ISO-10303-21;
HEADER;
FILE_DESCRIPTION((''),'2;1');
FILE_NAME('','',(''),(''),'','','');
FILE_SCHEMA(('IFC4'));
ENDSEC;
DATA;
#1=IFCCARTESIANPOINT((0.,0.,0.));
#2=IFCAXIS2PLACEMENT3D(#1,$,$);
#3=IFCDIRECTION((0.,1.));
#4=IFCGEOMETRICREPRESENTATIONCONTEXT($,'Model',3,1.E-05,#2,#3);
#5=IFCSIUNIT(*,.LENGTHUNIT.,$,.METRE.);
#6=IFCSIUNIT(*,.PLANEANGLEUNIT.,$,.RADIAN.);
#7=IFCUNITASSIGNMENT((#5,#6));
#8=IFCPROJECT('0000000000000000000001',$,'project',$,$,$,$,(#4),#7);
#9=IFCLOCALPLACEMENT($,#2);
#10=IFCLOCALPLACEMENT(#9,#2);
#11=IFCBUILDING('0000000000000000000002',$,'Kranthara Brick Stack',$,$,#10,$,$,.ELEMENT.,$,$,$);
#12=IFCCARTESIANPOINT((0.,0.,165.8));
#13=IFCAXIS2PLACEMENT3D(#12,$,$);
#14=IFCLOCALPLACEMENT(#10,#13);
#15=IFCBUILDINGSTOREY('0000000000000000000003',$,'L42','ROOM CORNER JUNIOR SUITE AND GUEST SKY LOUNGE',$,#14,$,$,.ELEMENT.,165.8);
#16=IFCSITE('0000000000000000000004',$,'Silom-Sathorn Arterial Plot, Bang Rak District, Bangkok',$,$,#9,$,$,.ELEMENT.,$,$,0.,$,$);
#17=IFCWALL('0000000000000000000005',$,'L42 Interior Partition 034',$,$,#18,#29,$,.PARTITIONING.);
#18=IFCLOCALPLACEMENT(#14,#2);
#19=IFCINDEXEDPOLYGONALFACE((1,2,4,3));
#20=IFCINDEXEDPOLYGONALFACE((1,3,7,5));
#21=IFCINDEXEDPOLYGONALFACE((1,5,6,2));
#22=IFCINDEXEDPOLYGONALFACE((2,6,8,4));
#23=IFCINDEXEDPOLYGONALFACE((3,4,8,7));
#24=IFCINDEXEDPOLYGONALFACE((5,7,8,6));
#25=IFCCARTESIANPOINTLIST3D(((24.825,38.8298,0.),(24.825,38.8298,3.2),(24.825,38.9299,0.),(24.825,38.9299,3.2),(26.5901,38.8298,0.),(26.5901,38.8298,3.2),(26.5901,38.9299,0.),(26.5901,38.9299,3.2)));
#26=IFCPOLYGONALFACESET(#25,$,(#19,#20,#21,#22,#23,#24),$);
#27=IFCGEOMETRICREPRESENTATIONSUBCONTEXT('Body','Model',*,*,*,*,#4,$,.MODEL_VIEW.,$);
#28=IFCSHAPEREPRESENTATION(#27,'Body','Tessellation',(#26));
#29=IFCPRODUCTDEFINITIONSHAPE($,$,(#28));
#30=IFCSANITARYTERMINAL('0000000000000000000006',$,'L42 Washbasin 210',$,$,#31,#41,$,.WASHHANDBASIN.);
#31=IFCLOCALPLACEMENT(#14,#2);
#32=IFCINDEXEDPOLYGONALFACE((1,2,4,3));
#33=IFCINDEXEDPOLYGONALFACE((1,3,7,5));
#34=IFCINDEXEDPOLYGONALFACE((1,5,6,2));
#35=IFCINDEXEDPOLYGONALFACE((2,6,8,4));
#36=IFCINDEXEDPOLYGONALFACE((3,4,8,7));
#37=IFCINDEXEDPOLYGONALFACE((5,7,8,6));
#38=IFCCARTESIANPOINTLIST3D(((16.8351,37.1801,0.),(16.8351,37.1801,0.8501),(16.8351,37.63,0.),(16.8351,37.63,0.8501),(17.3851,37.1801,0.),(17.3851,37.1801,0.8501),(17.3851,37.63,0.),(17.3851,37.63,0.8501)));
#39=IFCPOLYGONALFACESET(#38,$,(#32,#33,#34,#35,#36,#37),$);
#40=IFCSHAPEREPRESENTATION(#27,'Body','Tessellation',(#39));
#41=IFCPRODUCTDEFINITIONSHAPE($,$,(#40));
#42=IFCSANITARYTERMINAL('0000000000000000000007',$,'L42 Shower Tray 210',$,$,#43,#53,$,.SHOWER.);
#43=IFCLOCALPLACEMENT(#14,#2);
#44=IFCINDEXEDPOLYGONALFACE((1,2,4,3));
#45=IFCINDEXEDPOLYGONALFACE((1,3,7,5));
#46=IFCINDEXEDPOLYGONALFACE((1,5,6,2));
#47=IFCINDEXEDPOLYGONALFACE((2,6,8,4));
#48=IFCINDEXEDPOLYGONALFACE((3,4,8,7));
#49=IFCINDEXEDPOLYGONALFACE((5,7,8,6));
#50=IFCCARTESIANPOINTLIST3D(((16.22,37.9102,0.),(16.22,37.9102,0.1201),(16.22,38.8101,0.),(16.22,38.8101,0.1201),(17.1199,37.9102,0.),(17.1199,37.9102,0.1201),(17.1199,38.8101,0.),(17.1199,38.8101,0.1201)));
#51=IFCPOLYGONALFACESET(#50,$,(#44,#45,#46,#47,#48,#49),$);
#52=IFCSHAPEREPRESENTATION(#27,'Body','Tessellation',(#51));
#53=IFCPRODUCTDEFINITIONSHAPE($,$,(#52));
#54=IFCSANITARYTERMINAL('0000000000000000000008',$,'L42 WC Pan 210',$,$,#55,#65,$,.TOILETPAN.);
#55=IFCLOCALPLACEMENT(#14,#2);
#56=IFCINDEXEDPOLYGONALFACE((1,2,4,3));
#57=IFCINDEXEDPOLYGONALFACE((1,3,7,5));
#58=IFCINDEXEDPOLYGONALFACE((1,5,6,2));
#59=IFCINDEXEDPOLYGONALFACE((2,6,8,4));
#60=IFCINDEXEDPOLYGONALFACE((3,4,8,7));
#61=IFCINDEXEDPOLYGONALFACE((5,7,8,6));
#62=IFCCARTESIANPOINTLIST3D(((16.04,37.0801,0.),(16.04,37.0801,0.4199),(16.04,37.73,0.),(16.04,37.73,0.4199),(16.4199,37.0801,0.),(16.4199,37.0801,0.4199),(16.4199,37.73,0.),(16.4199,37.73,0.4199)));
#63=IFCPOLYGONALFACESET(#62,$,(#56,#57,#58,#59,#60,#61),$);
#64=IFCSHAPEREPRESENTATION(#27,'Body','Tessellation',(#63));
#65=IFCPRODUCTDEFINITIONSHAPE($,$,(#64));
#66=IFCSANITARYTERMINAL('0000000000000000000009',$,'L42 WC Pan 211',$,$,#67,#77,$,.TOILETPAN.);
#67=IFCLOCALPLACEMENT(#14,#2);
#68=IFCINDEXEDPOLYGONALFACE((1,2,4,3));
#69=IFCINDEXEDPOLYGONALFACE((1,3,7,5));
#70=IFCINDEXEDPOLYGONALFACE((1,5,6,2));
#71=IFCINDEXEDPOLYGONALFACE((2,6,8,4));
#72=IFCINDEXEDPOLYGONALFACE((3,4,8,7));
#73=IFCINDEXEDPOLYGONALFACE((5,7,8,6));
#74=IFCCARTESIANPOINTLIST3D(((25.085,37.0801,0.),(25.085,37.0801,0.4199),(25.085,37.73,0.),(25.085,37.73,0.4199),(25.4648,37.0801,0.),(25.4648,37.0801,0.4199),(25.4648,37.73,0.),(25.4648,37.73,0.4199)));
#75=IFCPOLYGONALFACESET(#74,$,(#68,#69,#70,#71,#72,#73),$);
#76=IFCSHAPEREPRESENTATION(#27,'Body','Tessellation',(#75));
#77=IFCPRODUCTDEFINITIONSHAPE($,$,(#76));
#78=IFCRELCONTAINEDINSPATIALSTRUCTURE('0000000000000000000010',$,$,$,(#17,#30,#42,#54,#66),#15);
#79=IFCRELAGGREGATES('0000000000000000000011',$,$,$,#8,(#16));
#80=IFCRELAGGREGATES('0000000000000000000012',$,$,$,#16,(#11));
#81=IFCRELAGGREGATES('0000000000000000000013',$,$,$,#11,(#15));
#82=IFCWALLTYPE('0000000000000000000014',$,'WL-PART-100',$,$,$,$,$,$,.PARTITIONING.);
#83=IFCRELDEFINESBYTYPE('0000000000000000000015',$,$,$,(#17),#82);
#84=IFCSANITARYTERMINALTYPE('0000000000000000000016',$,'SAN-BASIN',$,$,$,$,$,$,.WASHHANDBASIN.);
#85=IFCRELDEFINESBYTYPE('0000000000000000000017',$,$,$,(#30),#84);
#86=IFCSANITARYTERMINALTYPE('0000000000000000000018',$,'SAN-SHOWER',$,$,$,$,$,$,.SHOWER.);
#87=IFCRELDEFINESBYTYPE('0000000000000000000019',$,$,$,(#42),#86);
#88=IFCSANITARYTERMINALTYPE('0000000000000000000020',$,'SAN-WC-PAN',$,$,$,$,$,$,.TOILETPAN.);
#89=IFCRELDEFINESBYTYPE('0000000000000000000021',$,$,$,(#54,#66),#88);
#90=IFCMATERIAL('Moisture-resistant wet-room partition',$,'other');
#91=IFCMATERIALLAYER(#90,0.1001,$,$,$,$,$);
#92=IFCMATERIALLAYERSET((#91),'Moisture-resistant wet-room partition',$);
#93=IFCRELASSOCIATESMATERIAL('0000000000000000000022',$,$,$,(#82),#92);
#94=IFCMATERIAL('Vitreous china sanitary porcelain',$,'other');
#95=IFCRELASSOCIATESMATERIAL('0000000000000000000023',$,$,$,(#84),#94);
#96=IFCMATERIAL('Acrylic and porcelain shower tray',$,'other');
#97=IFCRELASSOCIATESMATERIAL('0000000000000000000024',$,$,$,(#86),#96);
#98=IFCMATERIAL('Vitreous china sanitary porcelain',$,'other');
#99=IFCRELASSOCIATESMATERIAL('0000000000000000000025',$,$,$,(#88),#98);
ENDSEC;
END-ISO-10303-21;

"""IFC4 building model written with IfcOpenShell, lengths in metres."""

from ifc_helpers import new_model, si_unit, direction, frame, frame_2d, origin, origin_2d, place, context, subcontext, project, spatial, rectangle, extrude, material, layer, layer_set, type_object, element, save


model = new_model("IFC4")

# Units and contexts
model_context = context("Model", 3, precision=1e-05, world=origin(), true_north=direction((0.0, 1.0)))
body_context = subcontext(model_context, "Body", "Model", "MODEL_VIEW")
ifc_project = project(units=[si_unit("LENGTHUNIT", "METRE"), si_unit("PLANEANGLEUNIT", "RADIAN")], contexts=[model_context])

# Site, building, storey
site_placement = place(None, origin())
site = spatial("IfcSite", under=ifc_project, at=site_placement, Name="Silom-Sathorn Arterial Plot, Bang Rak District, Bangkok", CompositionType="ELEMENT", RefElevation=0.0)
building_placement = place(site_placement, origin())
building = spatial("IfcBuilding", under=site, at=building_placement, Name="Kranthara Brick Stack", CompositionType="ELEMENT")
storey_placement = place(building_placement, frame((0.0, 0.0, 165.8)))
storey = spatial("IfcBuildingStorey", under=building, at=storey_placement, Name="L42", Description="ROOM CORNER JUNIOR SUITE AND GUEST SKY LOUNGE", CompositionType="ELEMENT", Elevation=165.8)

# Wall
ifc_material_1 = material(Name="Moisture-resistant wet-room partition", Category="other")
ifc_layer_1 = layer(ifc_material_1, 0.1001)
ifc_layer_set_1 = layer_set([ifc_layer_1], Name="Moisture-resistant wet-room partition")
wall_type_1 = type_object("IfcWallType", Name="WL-PART-100", PredefinedType="PARTITIONING", material=ifc_layer_set_1)
wall_1_placement = place(storey_placement, frame((24.825, 38.8799, 0.0), z_axis=(0.0, 0.0, 1.0), x_axis=(1.0, 0.0, 0.0)))
element("IfcWall", 1, at=wall_1_placement, inside=storey, type_object=wall_type_1, Name="L42 Interior Partition 034", PredefinedType="PARTITIONING", context=body_context, shape_type="SweptSolid", body=[
    extrude(rectangle(XDim=1.7651, YDim=0.1001, at=frame_2d((0.8826, 0.0))), origin(), (0.0, 0.0, 1.0), 3.2),
])

# Sanitary terminals
ifc_material_2 = material(Name="Vitreous china sanitary porcelain", Category="other")
sanitary_terminal_type_1 = type_object("IfcSanitaryTerminalType", Name="SAN-BASIN", PredefinedType="WASHHANDBASIN", material=ifc_material_2)
sanitary_terminal_1_placement = place(storey_placement, frame((17.1101, 37.405, 0.0), z_axis=(0.0, 0.0, 1.0), x_axis=(1.0, 0.0, 0.0)))
element("IfcSanitaryTerminal", 2, at=sanitary_terminal_1_placement, inside=storey, type_object=sanitary_terminal_type_1, Name="L42 Washbasin 210", PredefinedType="WASHHANDBASIN", context=body_context, shape_type="SweptSolid", body=[
    extrude(rectangle(XDim=0.55, YDim=0.45, at=origin_2d()), origin(), (0.0, 0.0, 1.0), 0.8501),
])
ifc_material_3 = material(Name="Acrylic and porcelain shower tray", Category="other")
sanitary_terminal_type_2 = type_object("IfcSanitaryTerminalType", Name="SAN-SHOWER", PredefinedType="SHOWER", material=ifc_material_3)
sanitary_terminal_2_placement = place(storey_placement, frame((16.6699, 38.3601, 0.0), z_axis=(0.0, 0.0, 1.0), x_axis=(1.0, 0.0, 0.0)))
element("IfcSanitaryTerminal", 3, at=sanitary_terminal_2_placement, inside=storey, type_object=sanitary_terminal_type_2, Name="L42 Shower Tray 210", PredefinedType="SHOWER", context=body_context, shape_type="SweptSolid", body=[
    extrude(rectangle(XDim=0.8999, YDim=0.8999, at=origin_2d()), origin(), (0.0, 0.0, 1.0), 0.1201),
])
ifc_material_4 = material(Name="Vitreous china sanitary porcelain", Category="other")
sanitary_terminal_type_3 = type_object("IfcSanitaryTerminalType", Name="SAN-WC-PAN", PredefinedType="TOILETPAN", material=ifc_material_4)
for number, where, z_axis, x_axis, name in (
    (4, (16.23, 37.405, 0.0), (0.0, 0.0, 1.0), (1.0, 0.0, 0.0), "L42 WC Pan 210"),
    (5, (25.2749, 37.405, 0.0), (0.0, 0.0, 1.0), (1.0, 0.0, 0.0), "L42 WC Pan 211"),
):
    element("IfcSanitaryTerminal", number, at=place(storey_placement, frame(where, z_axis=z_axis, x_axis=x_axis)), inside=storey, type_object=sanitary_terminal_type_3, Name=name, PredefinedType="TOILETPAN", context=body_context, shape_type="SweptSolid", body=[
        extrude(rectangle(XDim=0.3799, YDim=0.6499, at=origin_2d()), origin(), (0.0, 0.0, 1.0), 0.4199),
    ])

save(model, "model.ifc")
